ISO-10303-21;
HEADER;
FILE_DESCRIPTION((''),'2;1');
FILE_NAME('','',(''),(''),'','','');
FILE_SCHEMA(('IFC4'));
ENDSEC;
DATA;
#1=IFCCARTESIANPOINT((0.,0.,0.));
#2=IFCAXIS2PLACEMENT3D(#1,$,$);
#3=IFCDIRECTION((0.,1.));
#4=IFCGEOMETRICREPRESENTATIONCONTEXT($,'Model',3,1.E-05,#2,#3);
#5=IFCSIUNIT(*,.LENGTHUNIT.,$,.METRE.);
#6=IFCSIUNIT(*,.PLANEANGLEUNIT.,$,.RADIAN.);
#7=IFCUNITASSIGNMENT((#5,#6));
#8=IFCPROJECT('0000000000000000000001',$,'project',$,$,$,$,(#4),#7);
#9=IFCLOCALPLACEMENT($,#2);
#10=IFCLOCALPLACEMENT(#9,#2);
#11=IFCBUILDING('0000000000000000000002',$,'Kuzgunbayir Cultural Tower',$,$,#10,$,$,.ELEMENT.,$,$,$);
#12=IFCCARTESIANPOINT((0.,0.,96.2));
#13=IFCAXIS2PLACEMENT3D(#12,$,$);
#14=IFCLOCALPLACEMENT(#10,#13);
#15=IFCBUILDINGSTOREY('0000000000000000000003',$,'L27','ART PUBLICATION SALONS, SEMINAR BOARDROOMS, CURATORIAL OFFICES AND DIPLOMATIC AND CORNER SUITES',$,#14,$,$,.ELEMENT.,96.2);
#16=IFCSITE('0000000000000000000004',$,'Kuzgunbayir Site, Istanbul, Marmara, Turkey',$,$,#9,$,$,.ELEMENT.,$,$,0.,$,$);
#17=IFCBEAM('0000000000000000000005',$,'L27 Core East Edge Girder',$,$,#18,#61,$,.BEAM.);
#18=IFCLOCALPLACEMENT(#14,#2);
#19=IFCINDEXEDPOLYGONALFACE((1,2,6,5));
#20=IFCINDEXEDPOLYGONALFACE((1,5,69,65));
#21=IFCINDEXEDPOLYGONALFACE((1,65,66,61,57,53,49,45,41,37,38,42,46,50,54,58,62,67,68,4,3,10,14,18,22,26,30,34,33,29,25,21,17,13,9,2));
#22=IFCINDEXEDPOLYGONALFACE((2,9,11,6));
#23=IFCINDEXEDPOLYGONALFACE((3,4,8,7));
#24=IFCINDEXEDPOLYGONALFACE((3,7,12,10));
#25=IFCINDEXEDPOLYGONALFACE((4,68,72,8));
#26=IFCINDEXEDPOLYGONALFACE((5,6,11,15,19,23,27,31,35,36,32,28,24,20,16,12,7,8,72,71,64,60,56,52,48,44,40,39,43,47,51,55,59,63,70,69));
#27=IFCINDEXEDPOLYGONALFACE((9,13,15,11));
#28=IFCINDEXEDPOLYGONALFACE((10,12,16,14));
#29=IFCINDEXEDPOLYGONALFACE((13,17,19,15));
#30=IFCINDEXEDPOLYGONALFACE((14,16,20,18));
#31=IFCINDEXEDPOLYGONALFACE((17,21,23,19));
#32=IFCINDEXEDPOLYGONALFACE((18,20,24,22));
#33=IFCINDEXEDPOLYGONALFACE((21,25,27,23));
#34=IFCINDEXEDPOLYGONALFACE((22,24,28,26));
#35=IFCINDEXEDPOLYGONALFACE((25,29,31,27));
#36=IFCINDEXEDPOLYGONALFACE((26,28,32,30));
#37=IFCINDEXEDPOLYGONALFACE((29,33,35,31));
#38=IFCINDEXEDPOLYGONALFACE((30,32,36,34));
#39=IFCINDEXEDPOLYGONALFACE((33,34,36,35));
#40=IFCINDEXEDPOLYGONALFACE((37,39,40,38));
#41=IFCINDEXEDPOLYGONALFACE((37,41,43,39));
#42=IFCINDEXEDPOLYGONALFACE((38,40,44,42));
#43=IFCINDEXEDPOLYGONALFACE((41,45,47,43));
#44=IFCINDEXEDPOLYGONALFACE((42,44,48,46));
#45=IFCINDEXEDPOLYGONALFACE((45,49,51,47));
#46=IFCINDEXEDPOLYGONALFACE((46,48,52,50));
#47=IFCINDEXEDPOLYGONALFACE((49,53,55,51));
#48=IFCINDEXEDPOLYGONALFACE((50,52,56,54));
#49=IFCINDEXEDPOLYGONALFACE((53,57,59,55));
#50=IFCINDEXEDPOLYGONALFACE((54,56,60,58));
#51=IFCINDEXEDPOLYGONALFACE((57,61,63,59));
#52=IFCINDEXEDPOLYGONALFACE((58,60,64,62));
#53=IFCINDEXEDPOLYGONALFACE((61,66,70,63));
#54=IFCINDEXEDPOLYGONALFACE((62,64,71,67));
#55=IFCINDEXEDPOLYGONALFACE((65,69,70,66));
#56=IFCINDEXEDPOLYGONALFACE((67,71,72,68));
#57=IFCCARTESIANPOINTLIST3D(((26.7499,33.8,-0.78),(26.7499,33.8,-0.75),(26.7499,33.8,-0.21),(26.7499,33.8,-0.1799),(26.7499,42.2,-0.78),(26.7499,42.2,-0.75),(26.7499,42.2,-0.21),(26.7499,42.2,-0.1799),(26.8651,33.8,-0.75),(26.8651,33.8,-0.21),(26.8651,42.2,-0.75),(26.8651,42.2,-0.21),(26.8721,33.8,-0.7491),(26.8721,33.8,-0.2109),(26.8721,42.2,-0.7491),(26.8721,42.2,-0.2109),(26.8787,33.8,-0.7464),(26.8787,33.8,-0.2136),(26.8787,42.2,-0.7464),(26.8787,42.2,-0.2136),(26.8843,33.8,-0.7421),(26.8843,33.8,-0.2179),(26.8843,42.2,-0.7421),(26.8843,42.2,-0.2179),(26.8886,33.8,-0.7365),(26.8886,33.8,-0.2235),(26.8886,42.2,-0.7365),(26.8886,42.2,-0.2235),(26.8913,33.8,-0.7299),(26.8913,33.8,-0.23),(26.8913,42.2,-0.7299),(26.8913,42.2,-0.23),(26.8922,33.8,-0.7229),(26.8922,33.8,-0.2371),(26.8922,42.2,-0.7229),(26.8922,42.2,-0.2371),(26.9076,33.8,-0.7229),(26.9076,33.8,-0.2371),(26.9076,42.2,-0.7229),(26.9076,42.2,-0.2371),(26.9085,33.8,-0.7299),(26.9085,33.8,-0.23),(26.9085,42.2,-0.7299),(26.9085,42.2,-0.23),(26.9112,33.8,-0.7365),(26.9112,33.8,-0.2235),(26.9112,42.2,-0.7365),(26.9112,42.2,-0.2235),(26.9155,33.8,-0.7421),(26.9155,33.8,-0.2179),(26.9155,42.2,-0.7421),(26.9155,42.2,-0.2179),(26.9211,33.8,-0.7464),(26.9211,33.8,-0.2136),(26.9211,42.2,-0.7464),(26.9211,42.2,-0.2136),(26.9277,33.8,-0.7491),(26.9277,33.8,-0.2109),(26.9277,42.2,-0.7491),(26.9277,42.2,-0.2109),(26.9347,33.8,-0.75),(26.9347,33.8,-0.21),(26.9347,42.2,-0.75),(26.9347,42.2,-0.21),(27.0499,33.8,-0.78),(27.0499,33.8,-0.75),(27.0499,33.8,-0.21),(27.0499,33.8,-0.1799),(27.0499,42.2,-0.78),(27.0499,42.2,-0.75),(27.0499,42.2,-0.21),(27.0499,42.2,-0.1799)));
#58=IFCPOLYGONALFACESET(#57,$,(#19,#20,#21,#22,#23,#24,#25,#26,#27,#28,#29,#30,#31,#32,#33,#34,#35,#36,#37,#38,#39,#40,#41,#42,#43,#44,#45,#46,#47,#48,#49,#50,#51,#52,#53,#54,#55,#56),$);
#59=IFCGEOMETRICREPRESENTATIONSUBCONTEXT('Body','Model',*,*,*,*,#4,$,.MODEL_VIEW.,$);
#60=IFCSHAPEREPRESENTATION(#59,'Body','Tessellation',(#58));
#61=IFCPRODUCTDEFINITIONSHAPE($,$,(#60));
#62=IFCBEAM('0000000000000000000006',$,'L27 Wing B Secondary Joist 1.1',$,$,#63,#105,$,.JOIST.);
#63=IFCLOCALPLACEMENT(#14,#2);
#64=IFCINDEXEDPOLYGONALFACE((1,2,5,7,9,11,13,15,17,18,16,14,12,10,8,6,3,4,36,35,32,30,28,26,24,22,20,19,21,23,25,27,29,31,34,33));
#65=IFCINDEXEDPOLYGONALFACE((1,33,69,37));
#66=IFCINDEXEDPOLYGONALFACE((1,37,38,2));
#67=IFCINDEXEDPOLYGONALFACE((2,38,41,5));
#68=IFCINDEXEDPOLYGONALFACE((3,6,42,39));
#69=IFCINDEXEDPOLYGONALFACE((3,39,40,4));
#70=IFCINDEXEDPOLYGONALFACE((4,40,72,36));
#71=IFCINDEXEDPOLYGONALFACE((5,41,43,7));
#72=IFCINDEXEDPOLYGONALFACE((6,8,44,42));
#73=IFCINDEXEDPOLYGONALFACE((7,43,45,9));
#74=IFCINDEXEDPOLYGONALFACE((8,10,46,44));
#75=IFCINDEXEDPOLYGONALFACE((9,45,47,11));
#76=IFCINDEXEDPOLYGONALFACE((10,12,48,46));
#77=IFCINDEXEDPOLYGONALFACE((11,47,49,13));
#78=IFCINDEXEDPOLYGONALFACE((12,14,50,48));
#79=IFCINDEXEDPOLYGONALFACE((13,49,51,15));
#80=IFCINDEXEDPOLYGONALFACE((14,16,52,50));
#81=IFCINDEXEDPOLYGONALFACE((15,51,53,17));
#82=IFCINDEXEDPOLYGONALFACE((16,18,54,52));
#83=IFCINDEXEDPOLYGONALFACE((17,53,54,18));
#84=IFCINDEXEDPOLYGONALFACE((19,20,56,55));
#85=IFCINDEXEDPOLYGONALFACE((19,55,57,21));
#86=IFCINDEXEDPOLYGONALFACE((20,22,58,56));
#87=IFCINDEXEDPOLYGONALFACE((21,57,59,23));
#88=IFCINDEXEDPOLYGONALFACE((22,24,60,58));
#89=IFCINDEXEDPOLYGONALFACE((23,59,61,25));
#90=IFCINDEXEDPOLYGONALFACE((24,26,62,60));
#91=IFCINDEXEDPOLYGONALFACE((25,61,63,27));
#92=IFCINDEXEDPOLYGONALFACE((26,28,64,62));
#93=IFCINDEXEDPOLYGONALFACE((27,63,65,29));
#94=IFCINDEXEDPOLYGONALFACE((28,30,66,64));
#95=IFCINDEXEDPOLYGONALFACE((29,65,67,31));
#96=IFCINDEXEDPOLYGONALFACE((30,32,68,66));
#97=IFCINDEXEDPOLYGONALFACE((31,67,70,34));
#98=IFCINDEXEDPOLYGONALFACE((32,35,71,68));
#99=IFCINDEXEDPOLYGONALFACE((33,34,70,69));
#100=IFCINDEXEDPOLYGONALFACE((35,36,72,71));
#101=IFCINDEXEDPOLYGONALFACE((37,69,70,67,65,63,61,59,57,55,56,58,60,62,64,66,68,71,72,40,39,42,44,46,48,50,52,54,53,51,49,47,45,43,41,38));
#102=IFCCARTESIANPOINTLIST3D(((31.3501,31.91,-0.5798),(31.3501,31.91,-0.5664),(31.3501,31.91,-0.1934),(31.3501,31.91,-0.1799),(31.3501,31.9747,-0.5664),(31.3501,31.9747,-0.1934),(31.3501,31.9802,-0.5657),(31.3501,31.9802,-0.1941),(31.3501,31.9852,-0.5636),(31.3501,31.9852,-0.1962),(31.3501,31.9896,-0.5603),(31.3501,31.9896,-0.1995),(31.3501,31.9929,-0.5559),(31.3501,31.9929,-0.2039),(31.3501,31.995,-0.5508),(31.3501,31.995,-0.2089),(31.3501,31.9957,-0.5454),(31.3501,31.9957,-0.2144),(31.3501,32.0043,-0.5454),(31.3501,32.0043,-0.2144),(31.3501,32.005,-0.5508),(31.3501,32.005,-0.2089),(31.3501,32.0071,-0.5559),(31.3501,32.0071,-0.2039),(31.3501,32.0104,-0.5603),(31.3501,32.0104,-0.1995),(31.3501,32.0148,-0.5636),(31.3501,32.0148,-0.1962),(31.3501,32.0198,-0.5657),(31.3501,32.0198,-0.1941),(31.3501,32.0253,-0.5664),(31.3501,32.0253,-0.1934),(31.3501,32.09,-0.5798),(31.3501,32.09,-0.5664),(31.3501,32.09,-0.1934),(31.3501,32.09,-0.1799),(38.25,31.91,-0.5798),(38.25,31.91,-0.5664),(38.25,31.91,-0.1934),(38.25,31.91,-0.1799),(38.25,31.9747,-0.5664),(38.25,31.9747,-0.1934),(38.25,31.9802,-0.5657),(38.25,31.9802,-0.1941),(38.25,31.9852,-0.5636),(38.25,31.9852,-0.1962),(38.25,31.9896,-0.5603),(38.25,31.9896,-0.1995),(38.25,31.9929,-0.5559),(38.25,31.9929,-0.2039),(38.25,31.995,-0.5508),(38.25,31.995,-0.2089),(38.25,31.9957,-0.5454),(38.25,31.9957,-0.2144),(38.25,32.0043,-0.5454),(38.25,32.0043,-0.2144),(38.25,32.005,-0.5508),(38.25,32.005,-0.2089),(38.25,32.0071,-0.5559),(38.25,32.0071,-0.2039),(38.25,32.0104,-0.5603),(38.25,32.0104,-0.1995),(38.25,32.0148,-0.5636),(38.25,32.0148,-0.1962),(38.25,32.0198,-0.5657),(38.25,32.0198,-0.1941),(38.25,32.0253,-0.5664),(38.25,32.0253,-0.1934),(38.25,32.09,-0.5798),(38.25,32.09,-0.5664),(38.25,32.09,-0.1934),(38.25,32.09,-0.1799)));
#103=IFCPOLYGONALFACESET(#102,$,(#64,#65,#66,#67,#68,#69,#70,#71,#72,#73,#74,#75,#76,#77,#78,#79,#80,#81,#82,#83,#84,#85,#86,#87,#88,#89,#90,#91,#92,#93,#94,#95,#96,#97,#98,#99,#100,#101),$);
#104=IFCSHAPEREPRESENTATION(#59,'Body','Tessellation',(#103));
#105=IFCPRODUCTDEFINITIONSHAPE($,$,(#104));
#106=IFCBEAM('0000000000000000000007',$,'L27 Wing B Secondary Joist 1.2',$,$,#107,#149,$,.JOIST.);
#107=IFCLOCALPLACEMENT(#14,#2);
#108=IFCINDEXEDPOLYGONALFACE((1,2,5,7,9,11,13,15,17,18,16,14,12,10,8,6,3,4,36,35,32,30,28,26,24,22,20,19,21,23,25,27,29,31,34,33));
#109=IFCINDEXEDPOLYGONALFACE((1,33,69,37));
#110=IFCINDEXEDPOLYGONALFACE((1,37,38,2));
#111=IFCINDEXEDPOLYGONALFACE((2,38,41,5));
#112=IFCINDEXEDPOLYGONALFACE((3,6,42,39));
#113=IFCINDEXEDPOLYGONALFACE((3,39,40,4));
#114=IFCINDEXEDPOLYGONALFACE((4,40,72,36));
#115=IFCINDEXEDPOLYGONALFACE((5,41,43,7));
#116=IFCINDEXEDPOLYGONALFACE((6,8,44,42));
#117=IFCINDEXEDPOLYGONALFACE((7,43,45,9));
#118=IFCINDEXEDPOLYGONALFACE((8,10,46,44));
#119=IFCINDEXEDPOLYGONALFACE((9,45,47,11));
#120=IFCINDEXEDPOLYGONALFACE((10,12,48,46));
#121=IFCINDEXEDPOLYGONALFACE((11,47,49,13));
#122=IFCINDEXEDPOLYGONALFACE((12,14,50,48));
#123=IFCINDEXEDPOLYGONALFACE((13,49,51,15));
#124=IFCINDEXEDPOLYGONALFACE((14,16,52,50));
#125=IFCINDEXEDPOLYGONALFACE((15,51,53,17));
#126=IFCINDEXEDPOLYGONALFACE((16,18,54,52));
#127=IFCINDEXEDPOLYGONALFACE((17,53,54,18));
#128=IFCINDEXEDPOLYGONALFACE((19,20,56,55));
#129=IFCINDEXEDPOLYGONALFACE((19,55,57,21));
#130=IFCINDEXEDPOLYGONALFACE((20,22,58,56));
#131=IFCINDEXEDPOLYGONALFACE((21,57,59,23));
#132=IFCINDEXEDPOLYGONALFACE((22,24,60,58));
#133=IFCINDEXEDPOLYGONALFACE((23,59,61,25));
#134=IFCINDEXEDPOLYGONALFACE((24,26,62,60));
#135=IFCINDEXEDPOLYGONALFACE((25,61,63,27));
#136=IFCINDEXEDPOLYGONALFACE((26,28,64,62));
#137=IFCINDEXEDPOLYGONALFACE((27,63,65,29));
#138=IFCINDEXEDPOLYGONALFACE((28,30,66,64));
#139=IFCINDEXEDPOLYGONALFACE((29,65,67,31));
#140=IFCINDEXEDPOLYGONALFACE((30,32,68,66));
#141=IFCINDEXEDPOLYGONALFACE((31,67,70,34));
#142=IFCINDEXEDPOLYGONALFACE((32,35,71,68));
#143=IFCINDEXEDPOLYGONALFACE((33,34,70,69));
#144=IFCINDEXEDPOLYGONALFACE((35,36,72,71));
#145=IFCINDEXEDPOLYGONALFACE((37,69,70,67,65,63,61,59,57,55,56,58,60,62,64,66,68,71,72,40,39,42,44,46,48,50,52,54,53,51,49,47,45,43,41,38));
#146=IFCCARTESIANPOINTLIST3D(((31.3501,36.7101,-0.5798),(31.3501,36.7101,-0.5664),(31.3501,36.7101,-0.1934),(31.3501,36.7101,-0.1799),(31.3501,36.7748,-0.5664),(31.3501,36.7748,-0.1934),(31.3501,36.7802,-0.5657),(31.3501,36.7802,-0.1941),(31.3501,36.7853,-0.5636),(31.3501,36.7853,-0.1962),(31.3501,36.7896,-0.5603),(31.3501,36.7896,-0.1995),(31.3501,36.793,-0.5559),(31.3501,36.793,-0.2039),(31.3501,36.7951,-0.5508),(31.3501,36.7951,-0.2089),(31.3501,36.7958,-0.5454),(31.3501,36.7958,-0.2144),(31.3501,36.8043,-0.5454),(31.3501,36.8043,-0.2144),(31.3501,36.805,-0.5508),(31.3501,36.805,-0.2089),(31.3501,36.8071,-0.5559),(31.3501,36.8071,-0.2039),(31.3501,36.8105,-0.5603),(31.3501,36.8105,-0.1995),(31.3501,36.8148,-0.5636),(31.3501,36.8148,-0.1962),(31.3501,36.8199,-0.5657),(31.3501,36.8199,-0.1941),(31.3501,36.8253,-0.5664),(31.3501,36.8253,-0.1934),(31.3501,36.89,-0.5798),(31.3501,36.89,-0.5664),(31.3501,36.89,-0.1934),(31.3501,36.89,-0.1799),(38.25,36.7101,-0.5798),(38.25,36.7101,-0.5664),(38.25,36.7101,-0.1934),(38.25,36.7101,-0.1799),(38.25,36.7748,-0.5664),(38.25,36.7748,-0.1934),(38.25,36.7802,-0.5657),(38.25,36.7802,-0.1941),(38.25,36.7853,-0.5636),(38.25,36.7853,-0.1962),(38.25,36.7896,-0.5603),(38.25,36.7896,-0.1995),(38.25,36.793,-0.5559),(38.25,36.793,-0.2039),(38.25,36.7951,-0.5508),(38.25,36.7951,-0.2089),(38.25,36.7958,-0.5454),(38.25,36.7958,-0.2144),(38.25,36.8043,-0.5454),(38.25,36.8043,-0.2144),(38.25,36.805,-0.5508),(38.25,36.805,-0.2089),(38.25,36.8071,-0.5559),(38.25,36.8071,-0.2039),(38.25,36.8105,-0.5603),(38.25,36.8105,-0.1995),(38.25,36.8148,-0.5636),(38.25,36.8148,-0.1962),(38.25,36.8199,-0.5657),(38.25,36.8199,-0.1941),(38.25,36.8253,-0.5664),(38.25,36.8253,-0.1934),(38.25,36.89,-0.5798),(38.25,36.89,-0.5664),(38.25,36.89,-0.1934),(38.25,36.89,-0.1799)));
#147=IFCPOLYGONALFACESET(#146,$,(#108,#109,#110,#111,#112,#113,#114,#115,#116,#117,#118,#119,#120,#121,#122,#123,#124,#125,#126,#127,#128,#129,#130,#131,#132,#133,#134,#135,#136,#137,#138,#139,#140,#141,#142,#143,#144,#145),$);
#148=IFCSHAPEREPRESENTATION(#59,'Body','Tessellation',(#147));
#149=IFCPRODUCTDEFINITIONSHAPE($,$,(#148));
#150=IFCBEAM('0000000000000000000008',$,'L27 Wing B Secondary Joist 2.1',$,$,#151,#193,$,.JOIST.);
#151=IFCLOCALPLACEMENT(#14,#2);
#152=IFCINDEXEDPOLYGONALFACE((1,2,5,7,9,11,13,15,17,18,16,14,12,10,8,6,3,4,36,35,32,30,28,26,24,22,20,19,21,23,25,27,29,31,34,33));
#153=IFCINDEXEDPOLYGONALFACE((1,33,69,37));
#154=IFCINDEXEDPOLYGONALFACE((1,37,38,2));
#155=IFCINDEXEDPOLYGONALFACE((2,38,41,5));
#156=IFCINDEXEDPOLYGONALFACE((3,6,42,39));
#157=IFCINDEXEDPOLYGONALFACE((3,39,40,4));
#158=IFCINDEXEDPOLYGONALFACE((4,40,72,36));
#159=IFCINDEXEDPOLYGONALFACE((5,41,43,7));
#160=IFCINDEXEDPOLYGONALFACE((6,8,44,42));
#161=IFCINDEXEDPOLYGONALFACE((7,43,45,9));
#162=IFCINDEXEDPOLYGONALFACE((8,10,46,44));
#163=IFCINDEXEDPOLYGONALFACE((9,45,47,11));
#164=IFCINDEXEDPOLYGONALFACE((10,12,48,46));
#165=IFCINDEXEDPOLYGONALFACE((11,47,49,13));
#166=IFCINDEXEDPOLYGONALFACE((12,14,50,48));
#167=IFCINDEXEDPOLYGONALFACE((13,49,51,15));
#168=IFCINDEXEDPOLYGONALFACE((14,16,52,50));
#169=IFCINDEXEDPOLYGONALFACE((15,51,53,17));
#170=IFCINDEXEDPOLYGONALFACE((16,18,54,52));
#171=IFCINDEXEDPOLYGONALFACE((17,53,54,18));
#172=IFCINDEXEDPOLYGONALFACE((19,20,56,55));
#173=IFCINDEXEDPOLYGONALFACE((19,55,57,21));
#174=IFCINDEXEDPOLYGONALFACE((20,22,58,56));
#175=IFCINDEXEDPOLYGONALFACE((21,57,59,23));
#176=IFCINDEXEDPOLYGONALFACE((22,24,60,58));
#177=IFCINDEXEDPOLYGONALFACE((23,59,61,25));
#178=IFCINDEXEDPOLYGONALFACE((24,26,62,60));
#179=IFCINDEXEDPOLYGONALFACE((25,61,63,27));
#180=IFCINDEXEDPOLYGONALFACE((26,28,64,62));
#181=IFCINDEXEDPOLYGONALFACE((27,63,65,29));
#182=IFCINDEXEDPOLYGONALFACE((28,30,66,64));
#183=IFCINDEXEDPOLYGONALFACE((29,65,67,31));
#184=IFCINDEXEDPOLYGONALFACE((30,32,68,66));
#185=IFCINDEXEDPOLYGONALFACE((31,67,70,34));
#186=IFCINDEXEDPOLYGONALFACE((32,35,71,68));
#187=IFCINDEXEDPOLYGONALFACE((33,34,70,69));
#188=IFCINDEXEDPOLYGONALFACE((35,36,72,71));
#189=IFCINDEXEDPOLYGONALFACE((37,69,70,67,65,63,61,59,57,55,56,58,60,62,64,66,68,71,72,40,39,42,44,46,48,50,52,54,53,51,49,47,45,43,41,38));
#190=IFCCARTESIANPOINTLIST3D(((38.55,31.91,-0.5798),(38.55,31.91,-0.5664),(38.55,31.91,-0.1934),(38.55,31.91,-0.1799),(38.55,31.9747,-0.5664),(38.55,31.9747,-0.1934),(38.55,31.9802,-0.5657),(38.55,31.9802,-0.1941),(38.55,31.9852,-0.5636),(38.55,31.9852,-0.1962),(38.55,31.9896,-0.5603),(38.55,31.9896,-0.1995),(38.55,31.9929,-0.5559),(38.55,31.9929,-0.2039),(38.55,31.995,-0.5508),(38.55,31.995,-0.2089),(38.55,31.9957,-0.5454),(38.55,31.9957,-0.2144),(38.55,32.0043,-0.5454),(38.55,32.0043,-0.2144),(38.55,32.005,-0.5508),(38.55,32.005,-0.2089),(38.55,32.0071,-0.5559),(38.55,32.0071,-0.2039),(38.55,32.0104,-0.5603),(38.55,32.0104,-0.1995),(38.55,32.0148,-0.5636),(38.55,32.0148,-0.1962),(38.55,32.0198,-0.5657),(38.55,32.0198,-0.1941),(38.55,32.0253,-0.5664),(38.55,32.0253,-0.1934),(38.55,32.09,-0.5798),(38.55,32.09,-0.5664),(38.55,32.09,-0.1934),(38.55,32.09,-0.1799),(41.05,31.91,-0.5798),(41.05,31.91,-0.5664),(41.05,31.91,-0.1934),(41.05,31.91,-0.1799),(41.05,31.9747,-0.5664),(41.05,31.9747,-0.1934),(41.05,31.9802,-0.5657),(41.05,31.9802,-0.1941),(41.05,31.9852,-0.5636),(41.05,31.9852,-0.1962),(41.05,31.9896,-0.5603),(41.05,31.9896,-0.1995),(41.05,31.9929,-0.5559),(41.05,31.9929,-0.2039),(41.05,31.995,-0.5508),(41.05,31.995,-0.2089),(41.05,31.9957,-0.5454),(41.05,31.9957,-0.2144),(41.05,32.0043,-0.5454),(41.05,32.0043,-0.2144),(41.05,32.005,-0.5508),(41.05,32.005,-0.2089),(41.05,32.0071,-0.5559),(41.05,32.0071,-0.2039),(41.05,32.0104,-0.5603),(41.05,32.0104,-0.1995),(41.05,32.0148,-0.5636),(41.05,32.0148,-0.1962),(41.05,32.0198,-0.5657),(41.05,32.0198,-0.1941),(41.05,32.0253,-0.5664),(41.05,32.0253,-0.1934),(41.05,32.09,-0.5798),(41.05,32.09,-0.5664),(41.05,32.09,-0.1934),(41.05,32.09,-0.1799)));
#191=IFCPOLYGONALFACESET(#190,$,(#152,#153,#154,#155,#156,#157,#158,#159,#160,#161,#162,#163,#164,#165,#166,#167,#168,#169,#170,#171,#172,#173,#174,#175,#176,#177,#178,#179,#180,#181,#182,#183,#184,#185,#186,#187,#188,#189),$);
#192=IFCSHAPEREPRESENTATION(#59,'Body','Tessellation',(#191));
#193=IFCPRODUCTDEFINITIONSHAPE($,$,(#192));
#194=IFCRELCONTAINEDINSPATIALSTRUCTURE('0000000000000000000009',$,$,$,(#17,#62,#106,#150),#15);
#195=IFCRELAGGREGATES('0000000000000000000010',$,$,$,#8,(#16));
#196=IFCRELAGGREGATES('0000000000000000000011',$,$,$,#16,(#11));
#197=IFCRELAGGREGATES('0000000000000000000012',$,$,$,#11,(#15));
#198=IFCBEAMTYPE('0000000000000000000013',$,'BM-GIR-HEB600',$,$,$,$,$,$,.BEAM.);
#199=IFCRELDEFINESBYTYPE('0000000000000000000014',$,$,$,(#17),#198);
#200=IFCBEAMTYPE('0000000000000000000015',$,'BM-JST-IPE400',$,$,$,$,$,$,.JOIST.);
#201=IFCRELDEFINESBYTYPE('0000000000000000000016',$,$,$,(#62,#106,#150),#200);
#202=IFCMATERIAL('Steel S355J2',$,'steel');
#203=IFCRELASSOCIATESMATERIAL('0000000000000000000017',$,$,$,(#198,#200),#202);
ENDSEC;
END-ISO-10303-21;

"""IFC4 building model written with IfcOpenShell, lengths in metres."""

from ifc_helpers import new_model, si_unit, direction, frame, origin, origin_2d, place, context, subcontext, project, spatial, i_section, extrude, material, material_profile, profile_set, type_object, element, save


model = new_model("IFC4")

# Units and contexts
model_context = context("Model", 3, precision=1e-05, world=origin(), true_north=direction((0.0, 1.0)))
body_context = subcontext(model_context, "Body", "Model", "MODEL_VIEW")
ifc_project = project(units=[si_unit("LENGTHUNIT", "METRE"), si_unit("PLANEANGLEUNIT", "RADIAN")], contexts=[model_context])

# Site, building, storey
site_placement = place(None, origin())
site = spatial("IfcSite", under=ifc_project, at=site_placement, Name="Kuzgunbayir Site, Istanbul, Marmara, Turkey", CompositionType="ELEMENT", RefElevation=0.0)
building_placement = place(site_placement, origin())
building = spatial("IfcBuilding", under=site, at=building_placement, Name="Kuzgunbayir Cultural Tower", CompositionType="ELEMENT")
storey_placement = place(building_placement, frame((0.0, 0.0, 96.2)))
storey = spatial("IfcBuildingStorey", under=building, at=storey_placement, Name="L27", Description="ART PUBLICATION SALONS, SEMINAR BOARDROOMS, CURATORIAL OFFICES AND DIPLOMATIC AND CORNER SUITES", CompositionType="ELEMENT", Elevation=96.2)

# Beams
ifc_material_1 = material(Name="Steel S355J2", Category="steel")
ifc_material_profile_1 = material_profile(ifc_material_1, i_section(OverallWidth=0.3, OverallDepth=0.6001, WebThickness=0.0154, FlangeThickness=0.03, FilletRadius=0.0271, at=origin_2d()), Name="HEB 600")
ifc_profile_set_1 = profile_set([ifc_material_profile_1], Name="Steel S355J2")
beam_type_1 = type_object("IfcBeamType", Name="BM-GIR-HEB600", PredefinedType="BEAM", material=ifc_profile_set_1)
beam_1_placement = place(storey_placement, frame((26.8999, 33.8, -0.48), z_axis=(0.0, 1.0, 0.0), x_axis=(-1.0, 0.0, 0.0)))
element("IfcBeam", 1, at=beam_1_placement, inside=storey, type_object=beam_type_1, Name="L27 Core East Edge Girder", PredefinedType="BEAM", context=body_context, shape_type="SweptSolid", body=[
    extrude(i_section(OverallWidth=0.3, OverallDepth=0.6001, WebThickness=0.0154, FlangeThickness=0.03, FilletRadius=0.0271, at=origin_2d()), origin(), (0.0, 0.0, 1.0), 8.3999),
])
ifc_material_profile_2 = material_profile(ifc_material_1, i_section(OverallWidth=0.1799, OverallDepth=0.3999, WebThickness=0.0085, FlangeThickness=0.0134, FilletRadius=0.021, at=origin_2d()), Name="IPE 400")
ifc_profile_set_2 = profile_set([ifc_material_profile_2], Name="Steel S355J2")
beam_type_2 = type_object("IfcBeamType", Name="BM-JST-IPE400", PredefinedType="JOIST", material=ifc_profile_set_2)
for number, where, z_axis, x_axis, name in (
    (2, (31.3501, 32.0, -0.3799), (1.0, 0.0, 0.0), (0.0, 1.0, 0.0), "L27 Wing B Secondary Joist 1.1"),
    (3, (31.3501, 36.8, -0.3799), (1.0, 0.0, 0.0), (0.0, 1.0, 0.0), "L27 Wing B Secondary Joist 1.2"),
):
    element("IfcBeam", number, at=place(storey_placement, frame(where, z_axis=z_axis, x_axis=x_axis)), inside=storey, type_object=beam_type_2, Name=name, PredefinedType="JOIST", context=body_context, shape_type="SweptSolid", body=[
        extrude(i_section(OverallWidth=0.1799, OverallDepth=0.3999, WebThickness=0.0085, FlangeThickness=0.0134, FilletRadius=0.021, at=origin_2d()), origin(), (0.0, 0.0, 1.0), 6.8999),
    ])
for number, where, z_axis, x_axis, name in (
    (4, (38.55, 32.0, -0.3799), (1.0, 0.0, 0.0), (0.0, 1.0, 0.0), "L27 Wing B Secondary Joist 2.1"),
):
    element("IfcBeam", number, at=place(storey_placement, frame(where, z_axis=z_axis, x_axis=x_axis)), inside=storey, type_object=beam_type_2, Name=name, PredefinedType="JOIST", context=body_context, shape_type="SweptSolid", body=[
        extrude(i_section(OverallWidth=0.1799, OverallDepth=0.3999, WebThickness=0.0085, FlangeThickness=0.0134, FilletRadius=0.021, at=origin_2d()), origin(), (0.0, 0.0, 1.0), 2.5),
    ])

save(model, "model.ifc")
